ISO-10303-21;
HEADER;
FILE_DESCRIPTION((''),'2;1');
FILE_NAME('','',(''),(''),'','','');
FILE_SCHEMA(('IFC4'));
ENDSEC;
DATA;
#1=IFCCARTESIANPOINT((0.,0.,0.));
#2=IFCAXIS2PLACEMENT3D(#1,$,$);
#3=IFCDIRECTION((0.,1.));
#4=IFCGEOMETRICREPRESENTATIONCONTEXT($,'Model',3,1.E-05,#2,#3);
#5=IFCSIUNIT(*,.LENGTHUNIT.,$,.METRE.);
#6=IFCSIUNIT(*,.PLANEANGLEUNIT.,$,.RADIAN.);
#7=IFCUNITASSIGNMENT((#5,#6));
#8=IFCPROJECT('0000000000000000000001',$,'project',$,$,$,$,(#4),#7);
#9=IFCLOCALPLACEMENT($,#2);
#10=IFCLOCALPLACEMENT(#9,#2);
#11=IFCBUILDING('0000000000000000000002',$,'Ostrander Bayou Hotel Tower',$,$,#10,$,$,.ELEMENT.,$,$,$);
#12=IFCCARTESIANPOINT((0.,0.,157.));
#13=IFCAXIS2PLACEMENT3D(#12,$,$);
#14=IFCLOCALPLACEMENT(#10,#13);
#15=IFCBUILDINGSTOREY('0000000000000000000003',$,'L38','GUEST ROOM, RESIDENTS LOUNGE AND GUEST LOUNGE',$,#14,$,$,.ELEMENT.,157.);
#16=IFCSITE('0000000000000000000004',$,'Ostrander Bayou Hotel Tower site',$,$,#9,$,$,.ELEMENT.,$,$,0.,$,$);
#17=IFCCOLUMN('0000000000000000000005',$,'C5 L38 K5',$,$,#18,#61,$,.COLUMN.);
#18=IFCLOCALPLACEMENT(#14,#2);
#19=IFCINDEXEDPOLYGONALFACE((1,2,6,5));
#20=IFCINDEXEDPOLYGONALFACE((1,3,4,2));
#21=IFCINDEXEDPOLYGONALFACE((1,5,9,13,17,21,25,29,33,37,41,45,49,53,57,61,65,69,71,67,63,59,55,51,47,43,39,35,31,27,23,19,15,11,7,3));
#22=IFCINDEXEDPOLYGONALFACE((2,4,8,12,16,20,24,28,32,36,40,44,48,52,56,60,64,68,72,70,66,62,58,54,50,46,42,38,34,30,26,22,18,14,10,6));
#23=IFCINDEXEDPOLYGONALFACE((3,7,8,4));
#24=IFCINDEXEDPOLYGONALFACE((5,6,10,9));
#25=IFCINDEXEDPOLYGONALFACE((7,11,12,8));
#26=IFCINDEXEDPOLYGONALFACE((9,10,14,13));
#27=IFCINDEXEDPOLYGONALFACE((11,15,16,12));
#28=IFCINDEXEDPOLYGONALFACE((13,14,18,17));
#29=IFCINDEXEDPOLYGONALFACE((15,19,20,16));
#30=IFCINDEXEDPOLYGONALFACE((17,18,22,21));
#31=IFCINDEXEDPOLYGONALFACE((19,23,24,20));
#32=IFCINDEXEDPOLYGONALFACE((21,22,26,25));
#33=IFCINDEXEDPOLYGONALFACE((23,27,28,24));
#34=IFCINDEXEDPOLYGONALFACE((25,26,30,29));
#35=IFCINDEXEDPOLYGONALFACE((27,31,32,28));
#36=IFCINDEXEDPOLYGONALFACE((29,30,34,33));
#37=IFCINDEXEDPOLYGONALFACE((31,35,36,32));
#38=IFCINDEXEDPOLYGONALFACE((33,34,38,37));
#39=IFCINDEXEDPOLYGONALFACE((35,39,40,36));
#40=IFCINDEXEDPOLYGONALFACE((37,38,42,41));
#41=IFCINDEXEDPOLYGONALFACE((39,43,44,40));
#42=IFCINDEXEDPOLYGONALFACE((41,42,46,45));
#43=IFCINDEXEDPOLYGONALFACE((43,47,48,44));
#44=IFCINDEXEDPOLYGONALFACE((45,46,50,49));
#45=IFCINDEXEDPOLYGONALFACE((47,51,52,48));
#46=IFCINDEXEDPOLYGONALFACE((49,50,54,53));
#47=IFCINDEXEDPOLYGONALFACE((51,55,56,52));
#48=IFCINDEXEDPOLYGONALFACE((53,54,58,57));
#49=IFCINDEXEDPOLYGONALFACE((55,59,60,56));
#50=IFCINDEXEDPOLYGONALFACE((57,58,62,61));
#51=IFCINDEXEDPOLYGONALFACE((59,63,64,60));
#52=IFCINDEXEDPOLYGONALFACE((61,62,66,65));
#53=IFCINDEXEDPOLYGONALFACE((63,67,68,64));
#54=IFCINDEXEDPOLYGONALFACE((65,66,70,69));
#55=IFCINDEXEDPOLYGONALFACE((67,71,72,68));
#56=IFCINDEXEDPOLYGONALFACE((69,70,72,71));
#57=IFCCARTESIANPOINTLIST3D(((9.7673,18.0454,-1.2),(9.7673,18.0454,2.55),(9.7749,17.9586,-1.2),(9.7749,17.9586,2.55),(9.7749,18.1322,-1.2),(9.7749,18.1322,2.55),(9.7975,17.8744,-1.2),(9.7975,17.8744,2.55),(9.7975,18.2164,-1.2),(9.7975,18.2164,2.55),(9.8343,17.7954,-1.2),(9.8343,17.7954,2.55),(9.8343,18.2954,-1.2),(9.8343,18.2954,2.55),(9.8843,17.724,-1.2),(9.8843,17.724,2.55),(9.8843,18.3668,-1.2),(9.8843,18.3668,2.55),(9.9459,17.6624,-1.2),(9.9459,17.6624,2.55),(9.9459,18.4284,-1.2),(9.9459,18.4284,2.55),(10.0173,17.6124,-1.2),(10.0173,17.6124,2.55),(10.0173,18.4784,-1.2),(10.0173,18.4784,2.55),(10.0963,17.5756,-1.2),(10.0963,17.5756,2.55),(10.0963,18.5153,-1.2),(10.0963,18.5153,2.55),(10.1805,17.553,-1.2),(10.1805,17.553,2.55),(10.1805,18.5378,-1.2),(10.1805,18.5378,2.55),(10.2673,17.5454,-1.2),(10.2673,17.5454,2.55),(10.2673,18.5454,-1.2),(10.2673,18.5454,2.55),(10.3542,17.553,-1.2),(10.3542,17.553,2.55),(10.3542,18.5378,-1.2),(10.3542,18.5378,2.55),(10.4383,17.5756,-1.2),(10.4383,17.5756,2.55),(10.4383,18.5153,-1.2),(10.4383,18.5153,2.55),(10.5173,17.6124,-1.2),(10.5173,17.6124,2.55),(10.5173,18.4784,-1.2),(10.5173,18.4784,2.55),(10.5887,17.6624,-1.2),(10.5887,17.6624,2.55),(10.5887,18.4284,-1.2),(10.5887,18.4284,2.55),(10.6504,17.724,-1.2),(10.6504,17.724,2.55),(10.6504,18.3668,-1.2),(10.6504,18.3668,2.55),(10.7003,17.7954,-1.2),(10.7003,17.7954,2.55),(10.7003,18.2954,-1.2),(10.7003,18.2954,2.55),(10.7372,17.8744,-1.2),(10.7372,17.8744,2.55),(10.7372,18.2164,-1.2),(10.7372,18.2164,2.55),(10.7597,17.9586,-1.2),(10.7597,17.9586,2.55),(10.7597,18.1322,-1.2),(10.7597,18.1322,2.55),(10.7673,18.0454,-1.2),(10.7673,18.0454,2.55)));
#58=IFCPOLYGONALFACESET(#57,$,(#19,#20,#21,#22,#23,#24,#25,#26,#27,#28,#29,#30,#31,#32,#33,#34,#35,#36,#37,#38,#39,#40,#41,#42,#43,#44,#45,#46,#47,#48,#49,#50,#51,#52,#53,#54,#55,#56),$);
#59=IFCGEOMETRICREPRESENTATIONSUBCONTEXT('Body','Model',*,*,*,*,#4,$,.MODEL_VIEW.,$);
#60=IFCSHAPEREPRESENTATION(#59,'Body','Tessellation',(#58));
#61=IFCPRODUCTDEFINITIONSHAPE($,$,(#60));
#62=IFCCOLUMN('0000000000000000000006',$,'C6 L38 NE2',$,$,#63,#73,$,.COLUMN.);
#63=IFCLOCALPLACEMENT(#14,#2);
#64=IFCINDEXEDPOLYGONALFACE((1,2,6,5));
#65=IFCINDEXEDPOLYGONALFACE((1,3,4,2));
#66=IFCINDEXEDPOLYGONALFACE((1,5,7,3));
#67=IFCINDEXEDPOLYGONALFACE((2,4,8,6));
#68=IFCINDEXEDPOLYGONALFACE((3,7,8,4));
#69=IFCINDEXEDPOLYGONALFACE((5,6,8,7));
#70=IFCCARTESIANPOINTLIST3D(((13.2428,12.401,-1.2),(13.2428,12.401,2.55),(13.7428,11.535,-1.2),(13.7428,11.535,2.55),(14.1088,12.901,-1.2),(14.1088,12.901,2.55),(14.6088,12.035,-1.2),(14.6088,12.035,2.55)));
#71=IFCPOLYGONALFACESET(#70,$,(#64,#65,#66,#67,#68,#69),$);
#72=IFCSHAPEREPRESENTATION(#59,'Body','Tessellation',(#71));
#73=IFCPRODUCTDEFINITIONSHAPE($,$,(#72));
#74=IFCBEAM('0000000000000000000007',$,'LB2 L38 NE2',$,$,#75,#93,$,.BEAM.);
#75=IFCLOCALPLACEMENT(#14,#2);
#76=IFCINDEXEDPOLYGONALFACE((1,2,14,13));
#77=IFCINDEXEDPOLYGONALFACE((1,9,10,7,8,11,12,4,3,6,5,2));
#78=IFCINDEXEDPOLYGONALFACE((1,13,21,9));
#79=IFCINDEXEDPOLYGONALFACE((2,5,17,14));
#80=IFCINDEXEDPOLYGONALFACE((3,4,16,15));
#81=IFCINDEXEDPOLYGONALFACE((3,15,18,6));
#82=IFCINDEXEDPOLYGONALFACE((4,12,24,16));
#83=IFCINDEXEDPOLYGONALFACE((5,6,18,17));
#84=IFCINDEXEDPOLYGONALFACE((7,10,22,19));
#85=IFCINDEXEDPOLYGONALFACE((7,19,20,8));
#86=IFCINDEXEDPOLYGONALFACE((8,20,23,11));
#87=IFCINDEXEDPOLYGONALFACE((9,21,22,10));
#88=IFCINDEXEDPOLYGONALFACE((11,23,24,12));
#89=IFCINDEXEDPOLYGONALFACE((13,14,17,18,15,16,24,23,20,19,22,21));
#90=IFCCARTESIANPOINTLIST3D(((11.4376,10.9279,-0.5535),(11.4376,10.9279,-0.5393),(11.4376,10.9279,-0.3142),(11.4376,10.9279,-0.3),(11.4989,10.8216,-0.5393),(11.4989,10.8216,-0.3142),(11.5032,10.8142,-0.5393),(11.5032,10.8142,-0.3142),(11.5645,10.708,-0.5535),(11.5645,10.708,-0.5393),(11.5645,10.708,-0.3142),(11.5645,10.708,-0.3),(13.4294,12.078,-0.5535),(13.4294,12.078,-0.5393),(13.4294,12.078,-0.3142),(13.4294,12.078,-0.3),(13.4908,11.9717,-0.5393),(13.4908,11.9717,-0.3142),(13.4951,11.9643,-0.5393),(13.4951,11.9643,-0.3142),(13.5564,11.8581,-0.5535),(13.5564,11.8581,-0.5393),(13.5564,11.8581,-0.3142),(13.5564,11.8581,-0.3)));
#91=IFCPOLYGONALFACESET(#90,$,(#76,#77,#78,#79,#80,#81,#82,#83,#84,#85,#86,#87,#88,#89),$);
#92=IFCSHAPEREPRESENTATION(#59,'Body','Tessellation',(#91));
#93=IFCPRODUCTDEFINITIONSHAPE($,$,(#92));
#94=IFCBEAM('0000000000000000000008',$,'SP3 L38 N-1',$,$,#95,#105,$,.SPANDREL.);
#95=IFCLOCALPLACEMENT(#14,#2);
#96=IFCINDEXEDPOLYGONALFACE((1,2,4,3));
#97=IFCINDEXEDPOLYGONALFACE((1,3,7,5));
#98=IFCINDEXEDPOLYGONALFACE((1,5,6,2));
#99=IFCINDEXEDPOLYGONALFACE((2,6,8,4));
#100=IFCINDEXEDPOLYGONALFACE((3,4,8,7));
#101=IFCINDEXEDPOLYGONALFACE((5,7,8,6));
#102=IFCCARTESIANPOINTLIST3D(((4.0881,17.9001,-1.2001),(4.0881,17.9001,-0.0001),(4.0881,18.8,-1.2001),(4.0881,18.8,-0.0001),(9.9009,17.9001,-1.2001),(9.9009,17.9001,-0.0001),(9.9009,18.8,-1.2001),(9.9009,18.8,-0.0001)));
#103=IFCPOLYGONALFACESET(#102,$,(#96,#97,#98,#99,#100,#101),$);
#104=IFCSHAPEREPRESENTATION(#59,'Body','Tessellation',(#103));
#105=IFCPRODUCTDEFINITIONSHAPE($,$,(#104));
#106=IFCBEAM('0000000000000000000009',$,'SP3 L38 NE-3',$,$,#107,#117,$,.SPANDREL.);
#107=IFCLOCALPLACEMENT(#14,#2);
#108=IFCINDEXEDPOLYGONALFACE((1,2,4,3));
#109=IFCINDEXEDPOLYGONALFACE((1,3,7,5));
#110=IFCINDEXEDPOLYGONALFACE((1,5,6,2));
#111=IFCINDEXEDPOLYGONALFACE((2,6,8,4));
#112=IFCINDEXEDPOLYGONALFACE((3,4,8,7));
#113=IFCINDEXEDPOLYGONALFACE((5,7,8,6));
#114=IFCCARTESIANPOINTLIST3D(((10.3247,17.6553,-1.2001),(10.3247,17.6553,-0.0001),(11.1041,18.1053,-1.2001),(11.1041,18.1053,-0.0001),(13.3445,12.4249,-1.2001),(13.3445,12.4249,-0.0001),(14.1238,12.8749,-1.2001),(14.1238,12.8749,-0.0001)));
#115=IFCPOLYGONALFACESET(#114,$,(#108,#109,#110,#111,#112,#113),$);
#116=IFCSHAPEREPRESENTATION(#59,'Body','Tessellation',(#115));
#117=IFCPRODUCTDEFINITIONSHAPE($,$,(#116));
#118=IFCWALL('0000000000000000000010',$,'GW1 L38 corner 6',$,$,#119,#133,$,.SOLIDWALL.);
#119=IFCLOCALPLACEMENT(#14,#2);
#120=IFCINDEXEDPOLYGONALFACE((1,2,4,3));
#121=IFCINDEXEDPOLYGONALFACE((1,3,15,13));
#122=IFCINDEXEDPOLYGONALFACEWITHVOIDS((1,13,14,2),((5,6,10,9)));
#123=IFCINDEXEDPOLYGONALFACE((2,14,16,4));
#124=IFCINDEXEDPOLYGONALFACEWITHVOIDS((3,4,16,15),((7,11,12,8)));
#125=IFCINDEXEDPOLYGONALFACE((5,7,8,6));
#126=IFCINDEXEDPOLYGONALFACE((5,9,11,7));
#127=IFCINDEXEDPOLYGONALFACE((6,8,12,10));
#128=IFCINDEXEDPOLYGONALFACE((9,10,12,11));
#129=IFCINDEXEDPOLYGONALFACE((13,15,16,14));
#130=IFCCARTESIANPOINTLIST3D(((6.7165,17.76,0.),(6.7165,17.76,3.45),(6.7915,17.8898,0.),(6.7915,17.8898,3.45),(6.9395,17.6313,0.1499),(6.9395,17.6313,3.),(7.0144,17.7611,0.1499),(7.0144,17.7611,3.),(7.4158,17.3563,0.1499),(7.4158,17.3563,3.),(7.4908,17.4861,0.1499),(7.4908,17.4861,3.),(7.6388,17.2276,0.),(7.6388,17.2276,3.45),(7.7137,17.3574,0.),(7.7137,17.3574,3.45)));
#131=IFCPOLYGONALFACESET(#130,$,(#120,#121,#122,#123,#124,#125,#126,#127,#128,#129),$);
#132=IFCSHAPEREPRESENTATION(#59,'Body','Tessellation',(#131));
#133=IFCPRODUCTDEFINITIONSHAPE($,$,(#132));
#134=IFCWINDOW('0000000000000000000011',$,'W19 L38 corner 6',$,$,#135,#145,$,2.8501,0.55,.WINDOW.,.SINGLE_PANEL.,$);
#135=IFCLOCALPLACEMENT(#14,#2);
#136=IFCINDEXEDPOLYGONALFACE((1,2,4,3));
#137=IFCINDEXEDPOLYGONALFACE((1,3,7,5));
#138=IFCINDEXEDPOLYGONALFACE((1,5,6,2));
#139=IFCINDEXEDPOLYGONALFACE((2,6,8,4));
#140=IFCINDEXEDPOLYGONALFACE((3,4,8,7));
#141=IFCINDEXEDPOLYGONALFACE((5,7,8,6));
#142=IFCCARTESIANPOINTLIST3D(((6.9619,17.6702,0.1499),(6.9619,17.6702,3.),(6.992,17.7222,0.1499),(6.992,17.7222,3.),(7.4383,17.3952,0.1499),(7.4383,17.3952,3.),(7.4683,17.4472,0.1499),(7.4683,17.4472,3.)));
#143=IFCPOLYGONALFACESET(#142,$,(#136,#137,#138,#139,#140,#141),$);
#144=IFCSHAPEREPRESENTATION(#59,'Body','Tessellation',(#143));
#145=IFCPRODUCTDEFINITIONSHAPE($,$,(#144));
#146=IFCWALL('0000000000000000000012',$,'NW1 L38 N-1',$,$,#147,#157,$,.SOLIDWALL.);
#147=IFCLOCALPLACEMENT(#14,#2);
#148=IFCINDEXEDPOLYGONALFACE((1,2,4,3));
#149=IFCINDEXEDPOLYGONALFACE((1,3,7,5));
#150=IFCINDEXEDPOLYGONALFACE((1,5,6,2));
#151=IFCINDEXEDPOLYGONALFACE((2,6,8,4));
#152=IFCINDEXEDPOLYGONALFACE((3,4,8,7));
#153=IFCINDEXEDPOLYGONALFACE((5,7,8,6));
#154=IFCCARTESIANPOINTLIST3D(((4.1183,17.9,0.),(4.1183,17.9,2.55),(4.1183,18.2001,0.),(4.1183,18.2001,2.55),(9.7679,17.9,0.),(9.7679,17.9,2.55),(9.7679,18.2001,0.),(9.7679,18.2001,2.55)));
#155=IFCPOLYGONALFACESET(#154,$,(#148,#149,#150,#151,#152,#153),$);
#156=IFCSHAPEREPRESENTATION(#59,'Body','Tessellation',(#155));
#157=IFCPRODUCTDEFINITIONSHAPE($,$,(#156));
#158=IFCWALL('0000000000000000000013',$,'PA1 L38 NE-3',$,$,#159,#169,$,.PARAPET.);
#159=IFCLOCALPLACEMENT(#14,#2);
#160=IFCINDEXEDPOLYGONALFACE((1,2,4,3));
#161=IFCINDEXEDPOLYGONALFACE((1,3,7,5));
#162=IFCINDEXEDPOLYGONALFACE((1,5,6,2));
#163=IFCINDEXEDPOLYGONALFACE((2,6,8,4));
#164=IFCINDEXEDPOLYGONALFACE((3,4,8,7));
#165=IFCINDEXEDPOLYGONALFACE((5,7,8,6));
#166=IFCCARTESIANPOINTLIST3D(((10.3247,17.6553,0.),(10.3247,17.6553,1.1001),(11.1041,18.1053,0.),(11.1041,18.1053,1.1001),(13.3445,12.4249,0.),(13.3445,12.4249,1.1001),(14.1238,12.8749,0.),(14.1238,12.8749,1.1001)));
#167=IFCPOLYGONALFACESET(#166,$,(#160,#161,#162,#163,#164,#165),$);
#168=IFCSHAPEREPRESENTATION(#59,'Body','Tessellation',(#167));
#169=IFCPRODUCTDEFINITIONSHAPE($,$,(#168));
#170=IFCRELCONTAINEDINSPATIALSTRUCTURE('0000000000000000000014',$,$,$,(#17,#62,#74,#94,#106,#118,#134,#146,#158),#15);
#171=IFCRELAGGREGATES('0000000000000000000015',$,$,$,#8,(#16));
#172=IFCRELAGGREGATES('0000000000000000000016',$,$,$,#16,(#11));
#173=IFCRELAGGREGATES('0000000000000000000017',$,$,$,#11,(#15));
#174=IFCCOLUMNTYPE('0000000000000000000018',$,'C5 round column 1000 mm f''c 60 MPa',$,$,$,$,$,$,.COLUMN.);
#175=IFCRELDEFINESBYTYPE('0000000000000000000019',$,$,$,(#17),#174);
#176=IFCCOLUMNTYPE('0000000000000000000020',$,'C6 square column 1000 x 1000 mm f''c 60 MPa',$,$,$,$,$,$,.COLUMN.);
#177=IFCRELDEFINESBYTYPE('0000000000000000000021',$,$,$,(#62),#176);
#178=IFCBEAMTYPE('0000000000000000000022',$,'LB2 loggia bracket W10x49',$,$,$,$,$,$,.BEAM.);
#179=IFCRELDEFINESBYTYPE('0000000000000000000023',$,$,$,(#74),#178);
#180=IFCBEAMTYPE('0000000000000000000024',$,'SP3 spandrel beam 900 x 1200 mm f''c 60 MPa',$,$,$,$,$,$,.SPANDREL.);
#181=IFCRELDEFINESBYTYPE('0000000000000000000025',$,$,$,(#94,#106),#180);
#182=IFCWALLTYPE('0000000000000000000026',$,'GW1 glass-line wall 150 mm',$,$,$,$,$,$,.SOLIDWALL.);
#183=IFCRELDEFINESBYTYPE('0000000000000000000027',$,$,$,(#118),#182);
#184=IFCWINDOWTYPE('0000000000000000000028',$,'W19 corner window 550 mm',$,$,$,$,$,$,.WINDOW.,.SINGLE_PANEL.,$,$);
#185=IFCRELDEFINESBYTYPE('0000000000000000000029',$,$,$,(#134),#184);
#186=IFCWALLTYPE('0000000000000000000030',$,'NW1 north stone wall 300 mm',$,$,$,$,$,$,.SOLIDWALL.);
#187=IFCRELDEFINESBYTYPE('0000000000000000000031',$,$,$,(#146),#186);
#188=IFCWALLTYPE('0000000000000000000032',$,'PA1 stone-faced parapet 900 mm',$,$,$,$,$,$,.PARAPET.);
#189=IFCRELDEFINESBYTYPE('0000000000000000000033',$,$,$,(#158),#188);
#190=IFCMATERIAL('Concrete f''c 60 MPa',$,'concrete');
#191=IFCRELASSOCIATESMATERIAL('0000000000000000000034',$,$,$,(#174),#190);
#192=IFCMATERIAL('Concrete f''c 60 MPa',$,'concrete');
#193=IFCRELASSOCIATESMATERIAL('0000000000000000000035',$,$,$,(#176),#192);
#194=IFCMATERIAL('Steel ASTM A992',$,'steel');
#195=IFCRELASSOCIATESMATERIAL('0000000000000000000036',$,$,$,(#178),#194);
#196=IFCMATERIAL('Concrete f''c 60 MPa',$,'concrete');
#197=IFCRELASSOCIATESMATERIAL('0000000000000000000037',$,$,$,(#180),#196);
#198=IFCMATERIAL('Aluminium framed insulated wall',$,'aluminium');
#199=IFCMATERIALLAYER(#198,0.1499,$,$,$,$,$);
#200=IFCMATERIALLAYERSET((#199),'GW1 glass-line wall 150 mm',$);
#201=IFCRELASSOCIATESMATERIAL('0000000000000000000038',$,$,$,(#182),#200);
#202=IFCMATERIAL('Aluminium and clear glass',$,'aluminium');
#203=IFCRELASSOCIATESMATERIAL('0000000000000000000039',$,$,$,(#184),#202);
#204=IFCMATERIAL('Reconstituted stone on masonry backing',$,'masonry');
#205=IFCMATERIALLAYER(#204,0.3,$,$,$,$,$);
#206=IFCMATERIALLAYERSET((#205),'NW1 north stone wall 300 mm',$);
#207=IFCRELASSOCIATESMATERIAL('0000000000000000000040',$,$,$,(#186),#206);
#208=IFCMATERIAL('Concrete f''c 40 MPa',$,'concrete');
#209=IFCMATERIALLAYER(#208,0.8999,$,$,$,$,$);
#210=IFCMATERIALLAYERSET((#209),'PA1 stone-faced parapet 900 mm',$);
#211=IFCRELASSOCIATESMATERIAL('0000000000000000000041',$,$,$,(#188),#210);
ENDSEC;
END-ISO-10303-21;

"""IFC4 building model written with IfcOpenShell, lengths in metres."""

from ifc_helpers import new_model, si_unit, direction, frame, frame_2d, origin, origin_2d, place, context, subcontext, project, spatial, rectangle, circle, i_section, extrude, material, layer, layer_set, material_profile, profile_set, type_object, element, fill, save


model = new_model("IFC4")

# Units and contexts
model_context = context("Model", 3, precision=1e-05, world=origin(), true_north=direction((0.0, 1.0)))
body_context = subcontext(model_context, "Body", "Model", "MODEL_VIEW")
ifc_project = project(units=[si_unit("LENGTHUNIT", "METRE"), si_unit("PLANEANGLEUNIT", "RADIAN")], contexts=[model_context])

# Site, building, storey
site_placement = place(None, origin())
site = spatial("IfcSite", under=ifc_project, at=site_placement, Name="Ostrander Bayou Hotel Tower site", CompositionType="ELEMENT", RefElevation=0.0)
building_placement = place(site_placement, origin())
building = spatial("IfcBuilding", under=site, at=building_placement, Name="Ostrander Bayou Hotel Tower", CompositionType="ELEMENT")
storey_placement = place(building_placement, frame((0.0, 0.0, 157.0)))
storey = spatial("IfcBuildingStorey", under=building, at=storey_placement, Name="L38", Description="GUEST ROOM, RESIDENTS LOUNGE AND GUEST LOUNGE", CompositionType="ELEMENT", Elevation=157.0)

# Columns
ifc_material_1 = material(Name="Concrete f'c 60 MPa", Category="concrete")
ifc_material_profile_1 = material_profile(ifc_material_1, circle(Radius=0.5, at=origin_2d()))
ifc_profile_set_1 = profile_set([ifc_material_profile_1], Name="Concrete f'c 60 MPa")
column_type_1 = type_object("IfcColumnType", Name="C5 round column 1000 mm f'c 60 MPa", PredefinedType="COLUMN", material=ifc_profile_set_1)
column_1_placement = place(storey_placement, frame((10.2673, 18.0454, -1.2), z_axis=(0.0, 0.0, 1.0), x_axis=(1.0, 0.0, 0.0)))
element("IfcColumn", 1, at=column_1_placement, inside=storey, type_object=column_type_1, Name="C5 L38 K5", PredefinedType="COLUMN", context=body_context, shape_type="SweptSolid", body=[
    extrude(circle(Radius=0.5, at=origin_2d()), origin(), (0.0, 0.0, 1.0), 3.75),
])
ifc_material_2 = material(Name="Concrete f'c 60 MPa", Category="concrete")
ifc_material_profile_2 = material_profile(ifc_material_2, rectangle(XDim=1.0, YDim=1.0, at=origin_2d()))
ifc_profile_set_2 = profile_set([ifc_material_profile_2], Name="Concrete f'c 60 MPa")
column_type_2 = type_object("IfcColumnType", Name="C6 square column 1000 x 1000 mm f'c 60 MPa", PredefinedType="COLUMN", material=ifc_profile_set_2)
column_2_placement = place(storey_placement, frame((13.9258, 12.218, -1.2), z_axis=(0.0, 0.0, 1.0), x_axis=(0.5, -0.866025, 0.0)))
element("IfcColumn", 2, at=column_2_placement, inside=storey, type_object=column_type_2, Name="C6 L38 NE2", PredefinedType="COLUMN", context=body_context, shape_type="SweptSolid", body=[
    extrude(rectangle(XDim=1.0, YDim=1.0, at=origin_2d()), origin(), (0.0, 0.0, 1.0), 3.75),
])

# Beams
ifc_material_3 = material(Name="Steel ASTM A992", Category="steel")
ifc_material_profile_3 = material_profile(ifc_material_3, i_section(OverallWidth=0.2539, OverallDepth=0.2534, WebThickness=0.0085, FlangeThickness=0.0142, at=origin_2d()))
ifc_profile_set_3 = profile_set([ifc_material_profile_3], Name="Steel ASTM A992")
beam_type_1 = type_object("IfcBeamType", Name="LB2 loggia bracket W10x49", PredefinedType="BEAM", material=ifc_profile_set_3)
beam_1_placement = place(storey_placement, frame((13.4929, 11.968, -0.4268), z_axis=(-0.866007, -0.500032, 0.0), x_axis=(0.500032, -0.866007, 0.0)))
element("IfcBeam", 3, at=beam_1_placement, inside=storey, type_object=beam_type_1, Name="LB2 L38 NE2", PredefinedType="BEAM", context=body_context, shape_type="SweptSolid", body=[
    extrude(i_section(OverallWidth=0.2539, OverallDepth=0.2534, WebThickness=0.0085, FlangeThickness=0.0142, at=origin_2d()), origin(), (0.0, 0.0, 1.0), 2.3),
])
ifc_material_4 = material(Name="Concrete f'c 60 MPa", Category="concrete")
ifc_material_profile_4 = material_profile(ifc_material_4, rectangle(XDim=0.8999, YDim=1.2, at=origin_2d()))
ifc_profile_set_4 = profile_set([ifc_material_profile_4], Name="Concrete f'c 60 MPa")
beam_type_2 = type_object("IfcBeamType", Name="SP3 spandrel beam 900 x 1200 mm f'c 60 MPa", PredefinedType="SPANDREL", material=ifc_profile_set_4)
beam_2_placement = place(storey_placement, frame((9.9009, 18.3501, -0.6001), z_axis=(-1.0, 0.0, 0.0), x_axis=(0.0, -1.0, 0.0)))
element("IfcBeam", 4, at=beam_2_placement, inside=storey, type_object=beam_type_2, Name="SP3 L38 N-1", PredefinedType="SPANDREL", context=body_context, shape_type="SweptSolid", body=[
    extrude(rectangle(XDim=0.8999, YDim=1.2, at=origin_2d()), origin(), (0.0, 0.0, 1.0), 5.8127),
])
beam_3_placement = place(storey_placement, frame((13.7341, 12.6499, -0.6001), z_axis=(-0.499995, 0.866028, 0.0), x_axis=(-0.866028, -0.499995, 0.0)))
element("IfcBeam", 5, at=beam_3_placement, inside=storey, type_object=beam_type_2, Name="SP3 L38 NE-3", PredefinedType="SPANDREL", context=body_context, shape_type="SweptSolid", body=[
    extrude(rectangle(XDim=0.8999, YDim=1.2, at=origin_2d()), origin(), (0.0, 0.0, 1.0), 6.0396),
])

# Wall, opening, window
ifc_material_5 = material(Name="Aluminium framed insulated wall", Category="aluminium")
ifc_layer_1 = layer(ifc_material_5, 0.1499)
ifc_layer_set_1 = layer_set([ifc_layer_1], Name="GW1 glass-line wall 150 mm")
wall_type_1 = type_object("IfcWallType", Name="GW1 glass-line wall 150 mm", PredefinedType="SOLIDWALL", material=ifc_layer_set_1)
wall_1_placement = place(storey_placement, frame((7.6763, 17.2925, 0.0), z_axis=(0.0, 0.0, 1.0), x_axis=(-0.866048, 0.499961, 0.0)))
wall_1 = element("IfcWall", 6, at=wall_1_placement, inside=storey, type_object=wall_type_1, Name="GW1 L38 corner 6", PredefinedType="SOLIDWALL", context=body_context, shape_type="SweptSolid", body=[
    extrude(rectangle(XDim=1.0649, YDim=0.1499, at=frame_2d((0.5325, 0.0))), origin(), (0.0, 0.0, 1.0), 3.45),
])
opening_1_placement = place(wall_1_placement, frame((0.2576, 0.0, 0.1499)))
opening_1 = element("IfcOpeningElement", 7, at=opening_1_placement, cuts=wall_1, PredefinedType="OPENING", context=body_context, shape_type="SweptSolid", body=[
    extrude(rectangle(XDim=0.55, YDim=2.8501, at=frame_2d((0.2749, 1.425))), frame((0.0, 0.075, 0.0), z_axis=(0.0, -1.0, 0.0), x_axis=(1.0, 0.0, 0.0)), (0.0, 0.0, 1.0), 0.1499),
])
ifc_material_6 = material(Name="Aluminium and clear glass", Category="aluminium")
window_type = type_object("IfcWindowType", Name="W19 corner window 550 mm", PartitioningType="SINGLE_PANEL", PredefinedType="WINDOW", material=ifc_material_6)
window_placement = place(opening_1_placement, origin())
window = element("IfcWindow", 8, at=window_placement, inside=storey, type_object=window_type, Name="W19 L38 corner 6", OverallHeight=2.8501, OverallWidth=0.55, PartitioningType="SINGLE_PANEL", PredefinedType="WINDOW", context=body_context, shape_type="SweptSolid", body=[
    extrude(rectangle(XDim=0.55, YDim=2.8501, at=frame_2d((0.2749, 1.425))), frame((0.0, 0.03, 0.0), z_axis=(0.0, -1.0, 0.0), x_axis=(1.0, 0.0, 0.0)), (0.0, 0.0, 1.0), 0.0601),
])
fill(opening_1, window)

# Walls
ifc_material_7 = material(Name="Reconstituted stone on masonry backing", Category="masonry")
ifc_layer_2 = layer(ifc_material_7, 0.3)
ifc_layer_set_2 = layer_set([ifc_layer_2], Name="NW1 north stone wall 300 mm")
wall_type_2 = type_object("IfcWallType", Name="NW1 north stone wall 300 mm", PredefinedType="SOLIDWALL", material=ifc_layer_set_2)
wall_2_placement = place(storey_placement, frame((9.7678, 18.05, 0.0), z_axis=(0.0, 0.0, 1.0), x_axis=(-1.0, 0.0, 0.0)))
element("IfcWall", 9, at=wall_2_placement, inside=storey, type_object=wall_type_2, Name="NW1 L38 N-1", PredefinedType="SOLIDWALL", context=body_context, shape_type="SweptSolid", body=[
    extrude(rectangle(XDim=5.6497, YDim=0.3, at=frame_2d((2.8247, 0.0))), origin(), (0.0, 0.0, 1.0), 2.55),
])
ifc_material_8 = material(Name="Concrete f'c 40 MPa", Category="concrete")
ifc_layer_3 = layer(ifc_material_8, 0.8999)
ifc_layer_set_3 = layer_set([ifc_layer_3], Name="PA1 stone-faced parapet 900 mm")
wall_type_3 = type_object("IfcWallType", Name="PA1 stone-faced parapet 900 mm", PredefinedType="PARAPET", material=ifc_layer_set_3)
wall_3_placement = place(storey_placement, frame((13.7341, 12.6499, 0.0), z_axis=(0.0, 0.0, 1.0), x_axis=(-0.499995, 0.866028, 0.0)))
element("IfcWall", 10, at=wall_3_placement, inside=storey, type_object=wall_type_3, Name="PA1 L38 NE-3", PredefinedType="PARAPET", context=body_context, shape_type="SweptSolid", body=[
    extrude(rectangle(XDim=6.0396, YDim=0.8999, at=frame_2d((3.0198, 0.0))), origin(), (0.0, 0.0, 1.0), 1.1001),
])

save(model, "model.ifc")
